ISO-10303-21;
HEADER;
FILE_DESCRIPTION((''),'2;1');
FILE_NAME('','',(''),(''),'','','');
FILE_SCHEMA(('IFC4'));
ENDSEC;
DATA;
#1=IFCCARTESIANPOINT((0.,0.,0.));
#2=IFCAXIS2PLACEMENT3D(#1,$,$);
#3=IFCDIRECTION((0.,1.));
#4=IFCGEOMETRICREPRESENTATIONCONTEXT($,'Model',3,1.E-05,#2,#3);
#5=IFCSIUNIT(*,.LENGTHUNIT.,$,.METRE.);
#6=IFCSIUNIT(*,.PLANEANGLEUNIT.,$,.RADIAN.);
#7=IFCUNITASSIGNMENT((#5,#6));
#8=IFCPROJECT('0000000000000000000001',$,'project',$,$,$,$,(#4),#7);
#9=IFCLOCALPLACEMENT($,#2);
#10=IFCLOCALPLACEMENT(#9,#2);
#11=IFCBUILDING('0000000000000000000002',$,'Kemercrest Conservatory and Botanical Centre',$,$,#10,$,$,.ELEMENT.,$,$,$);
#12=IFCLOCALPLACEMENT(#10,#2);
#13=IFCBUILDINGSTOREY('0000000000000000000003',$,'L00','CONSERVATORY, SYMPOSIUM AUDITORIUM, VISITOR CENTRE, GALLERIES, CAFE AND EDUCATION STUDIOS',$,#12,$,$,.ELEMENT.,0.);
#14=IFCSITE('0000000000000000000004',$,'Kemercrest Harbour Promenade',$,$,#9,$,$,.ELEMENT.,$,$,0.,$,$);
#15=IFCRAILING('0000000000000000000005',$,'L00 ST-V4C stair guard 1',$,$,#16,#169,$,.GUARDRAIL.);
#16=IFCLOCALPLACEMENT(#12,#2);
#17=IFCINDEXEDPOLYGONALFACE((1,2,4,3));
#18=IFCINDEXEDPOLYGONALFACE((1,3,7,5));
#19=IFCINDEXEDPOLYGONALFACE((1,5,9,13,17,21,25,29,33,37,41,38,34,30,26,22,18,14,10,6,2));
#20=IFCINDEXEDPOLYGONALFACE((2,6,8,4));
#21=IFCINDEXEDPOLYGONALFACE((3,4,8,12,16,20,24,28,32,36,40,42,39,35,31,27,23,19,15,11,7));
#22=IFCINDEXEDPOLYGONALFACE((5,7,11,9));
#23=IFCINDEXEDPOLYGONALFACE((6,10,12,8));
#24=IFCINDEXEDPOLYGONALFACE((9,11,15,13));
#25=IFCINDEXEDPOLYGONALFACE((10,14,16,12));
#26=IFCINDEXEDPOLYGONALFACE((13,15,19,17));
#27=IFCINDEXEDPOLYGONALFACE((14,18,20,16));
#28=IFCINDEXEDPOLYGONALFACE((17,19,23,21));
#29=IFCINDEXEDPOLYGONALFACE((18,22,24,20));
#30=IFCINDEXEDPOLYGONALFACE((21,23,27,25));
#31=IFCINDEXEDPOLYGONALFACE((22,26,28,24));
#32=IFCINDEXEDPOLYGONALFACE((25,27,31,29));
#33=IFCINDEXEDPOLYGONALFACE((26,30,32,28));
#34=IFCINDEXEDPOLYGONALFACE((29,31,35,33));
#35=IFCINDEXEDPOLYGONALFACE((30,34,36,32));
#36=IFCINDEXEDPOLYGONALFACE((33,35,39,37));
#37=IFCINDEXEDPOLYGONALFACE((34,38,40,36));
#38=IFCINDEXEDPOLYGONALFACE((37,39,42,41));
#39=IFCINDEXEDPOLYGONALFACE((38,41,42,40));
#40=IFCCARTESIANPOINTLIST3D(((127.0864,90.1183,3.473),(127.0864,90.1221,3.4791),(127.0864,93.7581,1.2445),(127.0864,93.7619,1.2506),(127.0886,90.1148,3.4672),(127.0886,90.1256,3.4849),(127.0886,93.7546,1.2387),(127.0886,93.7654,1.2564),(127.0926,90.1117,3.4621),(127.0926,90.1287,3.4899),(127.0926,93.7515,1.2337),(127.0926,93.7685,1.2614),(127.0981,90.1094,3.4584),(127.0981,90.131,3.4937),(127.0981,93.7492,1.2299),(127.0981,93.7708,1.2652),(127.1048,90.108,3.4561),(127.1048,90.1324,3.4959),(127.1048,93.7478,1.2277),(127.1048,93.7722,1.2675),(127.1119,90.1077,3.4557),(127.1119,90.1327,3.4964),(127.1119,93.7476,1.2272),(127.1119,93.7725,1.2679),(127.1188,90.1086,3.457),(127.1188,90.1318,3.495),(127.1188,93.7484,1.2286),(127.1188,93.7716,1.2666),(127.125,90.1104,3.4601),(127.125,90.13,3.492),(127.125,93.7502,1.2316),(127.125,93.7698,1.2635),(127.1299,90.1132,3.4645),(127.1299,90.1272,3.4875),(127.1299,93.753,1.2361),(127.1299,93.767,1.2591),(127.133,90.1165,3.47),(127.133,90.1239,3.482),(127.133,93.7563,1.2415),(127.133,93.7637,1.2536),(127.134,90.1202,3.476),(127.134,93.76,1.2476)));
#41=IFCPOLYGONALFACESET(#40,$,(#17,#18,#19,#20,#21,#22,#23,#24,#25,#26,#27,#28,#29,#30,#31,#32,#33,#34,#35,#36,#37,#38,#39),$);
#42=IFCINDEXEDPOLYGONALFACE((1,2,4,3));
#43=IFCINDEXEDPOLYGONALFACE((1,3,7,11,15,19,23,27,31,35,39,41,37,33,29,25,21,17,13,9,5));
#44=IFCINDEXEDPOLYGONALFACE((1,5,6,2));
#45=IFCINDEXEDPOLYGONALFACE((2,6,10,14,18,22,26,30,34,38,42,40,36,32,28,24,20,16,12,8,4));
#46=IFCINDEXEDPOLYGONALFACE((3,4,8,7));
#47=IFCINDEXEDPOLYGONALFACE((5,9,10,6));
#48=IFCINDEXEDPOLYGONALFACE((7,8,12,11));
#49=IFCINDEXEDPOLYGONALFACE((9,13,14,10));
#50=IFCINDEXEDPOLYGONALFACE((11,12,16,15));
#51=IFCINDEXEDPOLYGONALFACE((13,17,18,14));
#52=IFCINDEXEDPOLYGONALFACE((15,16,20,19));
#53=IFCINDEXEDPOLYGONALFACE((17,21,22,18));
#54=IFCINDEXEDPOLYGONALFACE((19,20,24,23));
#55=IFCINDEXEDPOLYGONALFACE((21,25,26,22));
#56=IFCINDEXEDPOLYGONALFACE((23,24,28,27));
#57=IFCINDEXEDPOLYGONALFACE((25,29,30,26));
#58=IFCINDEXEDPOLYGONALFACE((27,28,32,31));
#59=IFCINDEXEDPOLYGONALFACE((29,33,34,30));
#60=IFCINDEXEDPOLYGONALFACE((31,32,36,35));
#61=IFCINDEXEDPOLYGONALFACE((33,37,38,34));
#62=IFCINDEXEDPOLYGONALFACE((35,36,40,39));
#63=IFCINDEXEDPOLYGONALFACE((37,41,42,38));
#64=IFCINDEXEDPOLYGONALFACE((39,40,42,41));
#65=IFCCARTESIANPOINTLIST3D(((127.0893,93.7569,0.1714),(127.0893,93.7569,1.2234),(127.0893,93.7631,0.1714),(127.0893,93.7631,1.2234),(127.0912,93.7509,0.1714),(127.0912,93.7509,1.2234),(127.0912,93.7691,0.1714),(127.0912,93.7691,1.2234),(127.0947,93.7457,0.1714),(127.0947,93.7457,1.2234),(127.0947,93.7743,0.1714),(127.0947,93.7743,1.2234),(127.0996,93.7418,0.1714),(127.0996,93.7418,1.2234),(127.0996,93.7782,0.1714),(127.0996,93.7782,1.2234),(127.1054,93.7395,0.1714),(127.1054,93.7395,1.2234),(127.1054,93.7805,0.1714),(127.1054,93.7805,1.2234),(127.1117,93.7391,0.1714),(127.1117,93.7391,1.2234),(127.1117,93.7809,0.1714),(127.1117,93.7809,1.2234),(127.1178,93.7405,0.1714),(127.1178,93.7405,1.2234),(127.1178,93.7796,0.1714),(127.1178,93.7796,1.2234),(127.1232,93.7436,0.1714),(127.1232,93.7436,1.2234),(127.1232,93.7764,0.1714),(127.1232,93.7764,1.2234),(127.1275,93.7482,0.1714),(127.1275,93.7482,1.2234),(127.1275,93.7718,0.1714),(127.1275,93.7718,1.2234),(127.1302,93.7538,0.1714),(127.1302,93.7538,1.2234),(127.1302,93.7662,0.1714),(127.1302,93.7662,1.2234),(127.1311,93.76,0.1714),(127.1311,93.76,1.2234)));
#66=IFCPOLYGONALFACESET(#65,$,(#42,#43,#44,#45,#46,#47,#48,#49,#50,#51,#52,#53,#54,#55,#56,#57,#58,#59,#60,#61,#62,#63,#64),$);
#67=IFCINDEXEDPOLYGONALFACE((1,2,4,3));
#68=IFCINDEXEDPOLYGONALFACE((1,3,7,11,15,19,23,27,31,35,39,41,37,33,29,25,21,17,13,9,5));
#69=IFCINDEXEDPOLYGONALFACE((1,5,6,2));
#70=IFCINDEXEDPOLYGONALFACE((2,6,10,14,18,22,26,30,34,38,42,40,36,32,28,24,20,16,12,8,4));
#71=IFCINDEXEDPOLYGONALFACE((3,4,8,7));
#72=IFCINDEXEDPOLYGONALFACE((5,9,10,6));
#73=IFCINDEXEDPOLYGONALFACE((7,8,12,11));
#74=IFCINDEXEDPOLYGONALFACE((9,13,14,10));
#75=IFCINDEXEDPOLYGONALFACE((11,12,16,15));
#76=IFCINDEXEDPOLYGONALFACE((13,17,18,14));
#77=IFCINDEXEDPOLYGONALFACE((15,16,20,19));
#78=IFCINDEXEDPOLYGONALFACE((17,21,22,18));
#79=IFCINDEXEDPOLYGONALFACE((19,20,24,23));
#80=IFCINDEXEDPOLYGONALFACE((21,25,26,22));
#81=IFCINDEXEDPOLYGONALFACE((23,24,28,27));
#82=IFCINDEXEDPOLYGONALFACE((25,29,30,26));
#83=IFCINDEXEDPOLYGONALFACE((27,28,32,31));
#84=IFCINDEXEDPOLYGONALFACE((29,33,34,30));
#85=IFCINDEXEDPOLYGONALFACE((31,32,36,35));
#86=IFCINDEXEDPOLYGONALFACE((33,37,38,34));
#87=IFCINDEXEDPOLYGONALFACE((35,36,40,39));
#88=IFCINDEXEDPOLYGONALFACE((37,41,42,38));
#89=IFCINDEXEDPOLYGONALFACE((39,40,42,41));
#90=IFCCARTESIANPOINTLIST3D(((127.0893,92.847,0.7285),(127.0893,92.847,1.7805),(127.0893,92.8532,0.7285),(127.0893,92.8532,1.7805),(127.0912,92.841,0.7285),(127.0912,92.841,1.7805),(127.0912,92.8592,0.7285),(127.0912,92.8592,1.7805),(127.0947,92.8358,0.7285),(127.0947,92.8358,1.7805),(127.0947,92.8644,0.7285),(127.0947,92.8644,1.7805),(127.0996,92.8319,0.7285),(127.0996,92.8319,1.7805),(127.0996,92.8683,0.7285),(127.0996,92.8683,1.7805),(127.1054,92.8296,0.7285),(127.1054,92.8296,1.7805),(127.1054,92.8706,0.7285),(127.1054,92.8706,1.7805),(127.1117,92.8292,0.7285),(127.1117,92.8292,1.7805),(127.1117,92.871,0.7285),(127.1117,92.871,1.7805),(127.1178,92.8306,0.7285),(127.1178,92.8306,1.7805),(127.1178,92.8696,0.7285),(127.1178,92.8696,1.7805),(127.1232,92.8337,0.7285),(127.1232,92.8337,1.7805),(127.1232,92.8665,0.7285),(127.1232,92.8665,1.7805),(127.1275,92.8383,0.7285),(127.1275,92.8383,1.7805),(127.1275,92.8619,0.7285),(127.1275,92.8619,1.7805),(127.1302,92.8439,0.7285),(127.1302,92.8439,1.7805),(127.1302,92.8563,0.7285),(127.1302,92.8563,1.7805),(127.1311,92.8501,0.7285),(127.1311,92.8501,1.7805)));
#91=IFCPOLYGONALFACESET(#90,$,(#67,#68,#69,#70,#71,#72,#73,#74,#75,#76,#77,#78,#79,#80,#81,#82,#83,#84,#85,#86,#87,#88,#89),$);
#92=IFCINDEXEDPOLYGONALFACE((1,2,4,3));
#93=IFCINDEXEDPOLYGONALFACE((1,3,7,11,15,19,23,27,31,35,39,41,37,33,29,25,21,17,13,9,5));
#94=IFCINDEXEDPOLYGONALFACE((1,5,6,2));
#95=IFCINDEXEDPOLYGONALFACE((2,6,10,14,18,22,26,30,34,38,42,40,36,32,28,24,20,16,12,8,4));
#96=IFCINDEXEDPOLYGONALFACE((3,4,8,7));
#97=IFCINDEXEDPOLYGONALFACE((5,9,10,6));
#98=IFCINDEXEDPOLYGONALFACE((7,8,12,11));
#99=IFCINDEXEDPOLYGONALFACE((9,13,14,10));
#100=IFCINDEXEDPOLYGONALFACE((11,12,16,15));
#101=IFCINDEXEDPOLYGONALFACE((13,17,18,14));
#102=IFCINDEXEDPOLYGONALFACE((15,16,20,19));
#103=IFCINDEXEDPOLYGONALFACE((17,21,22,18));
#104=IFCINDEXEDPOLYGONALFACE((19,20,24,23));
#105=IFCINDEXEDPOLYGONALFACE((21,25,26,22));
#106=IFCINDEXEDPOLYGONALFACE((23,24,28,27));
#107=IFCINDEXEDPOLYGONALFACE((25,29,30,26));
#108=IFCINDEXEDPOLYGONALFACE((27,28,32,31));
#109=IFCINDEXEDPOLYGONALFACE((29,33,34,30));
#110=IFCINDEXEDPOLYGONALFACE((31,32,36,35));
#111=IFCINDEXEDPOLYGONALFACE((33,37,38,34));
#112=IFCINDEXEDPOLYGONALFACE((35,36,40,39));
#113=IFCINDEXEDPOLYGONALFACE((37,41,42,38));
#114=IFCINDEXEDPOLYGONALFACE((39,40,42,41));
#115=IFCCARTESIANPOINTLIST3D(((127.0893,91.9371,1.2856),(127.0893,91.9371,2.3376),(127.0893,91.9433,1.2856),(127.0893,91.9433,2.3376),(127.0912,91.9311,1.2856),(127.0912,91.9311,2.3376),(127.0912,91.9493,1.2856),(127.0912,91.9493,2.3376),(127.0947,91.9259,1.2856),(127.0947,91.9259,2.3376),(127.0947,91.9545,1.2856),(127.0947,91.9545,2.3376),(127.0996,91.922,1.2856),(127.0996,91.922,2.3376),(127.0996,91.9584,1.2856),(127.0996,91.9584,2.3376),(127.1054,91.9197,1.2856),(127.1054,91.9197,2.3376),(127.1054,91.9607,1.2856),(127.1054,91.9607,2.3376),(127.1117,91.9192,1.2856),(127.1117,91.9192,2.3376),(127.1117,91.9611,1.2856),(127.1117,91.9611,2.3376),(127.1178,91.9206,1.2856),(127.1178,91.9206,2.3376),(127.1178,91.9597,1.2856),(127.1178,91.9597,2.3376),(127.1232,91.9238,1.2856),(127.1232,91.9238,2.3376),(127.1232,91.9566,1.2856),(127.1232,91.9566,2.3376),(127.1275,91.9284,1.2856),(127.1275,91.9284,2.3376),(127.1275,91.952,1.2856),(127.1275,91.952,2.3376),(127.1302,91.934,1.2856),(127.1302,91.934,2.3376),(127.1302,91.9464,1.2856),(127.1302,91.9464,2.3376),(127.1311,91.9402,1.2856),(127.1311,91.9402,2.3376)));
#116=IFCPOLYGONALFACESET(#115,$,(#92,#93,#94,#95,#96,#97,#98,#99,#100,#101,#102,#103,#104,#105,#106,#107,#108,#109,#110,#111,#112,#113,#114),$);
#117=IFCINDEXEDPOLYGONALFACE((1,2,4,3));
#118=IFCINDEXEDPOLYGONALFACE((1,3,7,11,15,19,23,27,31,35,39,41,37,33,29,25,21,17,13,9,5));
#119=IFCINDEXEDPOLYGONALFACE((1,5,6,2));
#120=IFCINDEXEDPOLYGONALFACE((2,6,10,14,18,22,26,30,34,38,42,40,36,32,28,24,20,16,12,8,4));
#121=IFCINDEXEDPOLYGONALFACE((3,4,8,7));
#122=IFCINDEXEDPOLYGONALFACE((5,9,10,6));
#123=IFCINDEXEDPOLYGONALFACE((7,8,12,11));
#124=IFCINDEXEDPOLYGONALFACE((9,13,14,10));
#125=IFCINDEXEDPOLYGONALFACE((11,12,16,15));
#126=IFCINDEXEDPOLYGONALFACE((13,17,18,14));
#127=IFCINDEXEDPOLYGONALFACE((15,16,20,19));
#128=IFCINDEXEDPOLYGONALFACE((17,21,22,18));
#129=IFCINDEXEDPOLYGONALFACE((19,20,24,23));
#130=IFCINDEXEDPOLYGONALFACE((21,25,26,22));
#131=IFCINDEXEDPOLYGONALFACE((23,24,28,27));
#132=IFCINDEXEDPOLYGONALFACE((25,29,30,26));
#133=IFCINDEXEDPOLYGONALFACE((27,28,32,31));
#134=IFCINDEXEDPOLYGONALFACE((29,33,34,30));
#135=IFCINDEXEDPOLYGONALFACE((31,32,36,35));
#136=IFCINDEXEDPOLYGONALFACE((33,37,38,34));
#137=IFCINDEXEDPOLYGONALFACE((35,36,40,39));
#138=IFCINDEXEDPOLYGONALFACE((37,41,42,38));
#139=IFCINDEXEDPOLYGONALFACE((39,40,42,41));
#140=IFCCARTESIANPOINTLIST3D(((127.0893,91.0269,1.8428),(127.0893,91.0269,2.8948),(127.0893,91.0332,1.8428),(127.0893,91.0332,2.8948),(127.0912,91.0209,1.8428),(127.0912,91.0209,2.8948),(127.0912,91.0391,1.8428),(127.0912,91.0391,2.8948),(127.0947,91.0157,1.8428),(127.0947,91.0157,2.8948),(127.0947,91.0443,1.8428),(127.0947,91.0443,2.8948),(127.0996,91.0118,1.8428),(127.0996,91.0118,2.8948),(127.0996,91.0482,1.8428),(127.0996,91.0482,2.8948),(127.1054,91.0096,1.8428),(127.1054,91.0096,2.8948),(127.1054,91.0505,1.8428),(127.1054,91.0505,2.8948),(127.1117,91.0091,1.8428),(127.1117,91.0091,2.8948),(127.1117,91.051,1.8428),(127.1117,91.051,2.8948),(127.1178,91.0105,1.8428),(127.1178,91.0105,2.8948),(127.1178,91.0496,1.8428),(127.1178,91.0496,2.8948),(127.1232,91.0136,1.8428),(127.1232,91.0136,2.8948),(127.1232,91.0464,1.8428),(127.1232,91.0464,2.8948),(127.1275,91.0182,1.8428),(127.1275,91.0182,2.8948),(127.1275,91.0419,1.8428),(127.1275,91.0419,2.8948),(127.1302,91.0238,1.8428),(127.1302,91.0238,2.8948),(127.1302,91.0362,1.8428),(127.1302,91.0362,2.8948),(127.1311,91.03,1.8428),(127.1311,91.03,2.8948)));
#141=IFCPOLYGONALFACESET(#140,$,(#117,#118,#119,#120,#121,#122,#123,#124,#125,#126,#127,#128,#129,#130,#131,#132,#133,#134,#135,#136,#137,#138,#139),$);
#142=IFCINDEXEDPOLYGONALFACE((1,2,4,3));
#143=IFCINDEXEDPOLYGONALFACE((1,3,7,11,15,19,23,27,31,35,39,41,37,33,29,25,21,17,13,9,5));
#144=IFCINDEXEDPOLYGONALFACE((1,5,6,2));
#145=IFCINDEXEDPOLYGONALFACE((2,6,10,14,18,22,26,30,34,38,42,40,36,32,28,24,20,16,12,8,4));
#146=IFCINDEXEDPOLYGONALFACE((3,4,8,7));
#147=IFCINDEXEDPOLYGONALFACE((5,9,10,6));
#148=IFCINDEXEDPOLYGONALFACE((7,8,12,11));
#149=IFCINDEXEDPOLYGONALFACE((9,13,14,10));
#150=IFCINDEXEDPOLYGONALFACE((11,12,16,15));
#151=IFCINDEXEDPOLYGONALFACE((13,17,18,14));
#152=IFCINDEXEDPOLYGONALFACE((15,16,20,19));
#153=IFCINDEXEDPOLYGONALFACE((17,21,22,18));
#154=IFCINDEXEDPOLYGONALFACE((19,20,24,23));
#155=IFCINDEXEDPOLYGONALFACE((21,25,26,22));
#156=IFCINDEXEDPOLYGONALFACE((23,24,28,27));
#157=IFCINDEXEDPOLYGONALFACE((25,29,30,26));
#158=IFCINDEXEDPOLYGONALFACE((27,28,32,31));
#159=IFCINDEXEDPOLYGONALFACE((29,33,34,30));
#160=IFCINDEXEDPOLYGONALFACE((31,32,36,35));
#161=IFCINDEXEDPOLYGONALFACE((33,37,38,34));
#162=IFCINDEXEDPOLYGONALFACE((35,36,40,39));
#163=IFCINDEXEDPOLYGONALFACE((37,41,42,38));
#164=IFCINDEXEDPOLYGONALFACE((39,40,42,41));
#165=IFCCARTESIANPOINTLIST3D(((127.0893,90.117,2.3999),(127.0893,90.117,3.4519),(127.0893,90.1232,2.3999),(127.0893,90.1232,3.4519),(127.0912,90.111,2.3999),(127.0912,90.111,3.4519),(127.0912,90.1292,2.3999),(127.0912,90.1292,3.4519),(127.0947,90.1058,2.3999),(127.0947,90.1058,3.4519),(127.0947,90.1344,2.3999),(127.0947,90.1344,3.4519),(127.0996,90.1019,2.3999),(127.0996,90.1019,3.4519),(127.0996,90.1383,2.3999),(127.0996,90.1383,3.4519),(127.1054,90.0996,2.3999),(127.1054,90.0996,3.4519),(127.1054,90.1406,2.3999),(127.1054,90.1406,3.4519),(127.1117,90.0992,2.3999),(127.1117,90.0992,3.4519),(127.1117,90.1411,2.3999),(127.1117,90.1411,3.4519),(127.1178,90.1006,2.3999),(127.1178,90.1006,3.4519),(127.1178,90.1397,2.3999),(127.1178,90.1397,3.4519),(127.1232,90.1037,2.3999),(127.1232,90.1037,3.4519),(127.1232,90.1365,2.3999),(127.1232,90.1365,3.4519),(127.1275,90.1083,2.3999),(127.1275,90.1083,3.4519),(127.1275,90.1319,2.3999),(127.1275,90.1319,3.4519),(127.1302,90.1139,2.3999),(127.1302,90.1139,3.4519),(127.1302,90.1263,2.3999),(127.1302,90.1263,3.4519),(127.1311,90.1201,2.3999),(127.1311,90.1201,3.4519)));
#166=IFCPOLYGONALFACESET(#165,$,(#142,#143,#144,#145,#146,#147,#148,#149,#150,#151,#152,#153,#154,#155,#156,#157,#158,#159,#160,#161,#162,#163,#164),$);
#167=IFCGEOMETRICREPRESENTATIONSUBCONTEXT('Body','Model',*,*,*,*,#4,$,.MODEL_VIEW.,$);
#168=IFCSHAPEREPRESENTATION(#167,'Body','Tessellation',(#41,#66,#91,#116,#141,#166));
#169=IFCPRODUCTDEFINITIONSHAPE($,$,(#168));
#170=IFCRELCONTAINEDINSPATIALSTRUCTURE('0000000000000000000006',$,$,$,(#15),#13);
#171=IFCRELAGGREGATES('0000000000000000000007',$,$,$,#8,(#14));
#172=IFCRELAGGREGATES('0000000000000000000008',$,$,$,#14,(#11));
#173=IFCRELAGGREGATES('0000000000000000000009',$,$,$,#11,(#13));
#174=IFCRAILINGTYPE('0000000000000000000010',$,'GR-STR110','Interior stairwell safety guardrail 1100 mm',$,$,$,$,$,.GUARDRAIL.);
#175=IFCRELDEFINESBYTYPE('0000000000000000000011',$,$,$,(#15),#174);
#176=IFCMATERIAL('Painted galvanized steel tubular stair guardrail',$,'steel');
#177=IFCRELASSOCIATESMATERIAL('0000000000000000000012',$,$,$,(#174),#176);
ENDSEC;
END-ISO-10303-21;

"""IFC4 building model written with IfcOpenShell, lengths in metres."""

from ifc_helpers import new_model, si_unit, direction, frame, origin, origin_2d, place, context, subcontext, project, spatial, circle, extrude, material, type_object, element, save


model = new_model("IFC4")

# Units and contexts
model_context = context("Model", 3, precision=1e-05, world=origin(), true_north=direction((0.0, 1.0)))
body_context = subcontext(model_context, "Body", "Model", "MODEL_VIEW")
ifc_project = project(units=[si_unit("LENGTHUNIT", "METRE"), si_unit("PLANEANGLEUNIT", "RADIAN")], contexts=[model_context])

# Site, building, storey
site_placement = place(None, origin())
site = spatial("IfcSite", under=ifc_project, at=site_placement, Name="Kemercrest Harbour Promenade", CompositionType="ELEMENT", RefElevation=0.0)
building_placement = place(site_placement, origin())
building = spatial("IfcBuilding", under=site, at=building_placement, Name="Kemercrest Conservatory and Botanical Centre", CompositionType="ELEMENT")
storey_placement = place(building_placement, origin())
storey = spatial("IfcBuildingStorey", under=building, at=storey_placement, Name="L00", Description="CONSERVATORY, SYMPOSIUM AUDITORIUM, VISITOR CENTRE, GALLERIES, CAFE AND EDUCATION STUDIOS", CompositionType="ELEMENT", Elevation=0.0)

# Railing
ifc_material_1 = material(Name="Painted galvanized steel tubular stair guardrail", Category="steel")
railing_type_1 = type_object("IfcRailingType", Name="GR-STR110", Description="Interior stairwell safety guardrail 1100 mm", PredefinedType="GUARDRAIL", material=ifc_material_1)
railing_1_placement = place(storey_placement, frame((127.1101, 93.76, 0.1714)))
element("IfcRailing", 1, at=railing_1_placement, inside=storey, type_object=railing_type_1, Name="L00 ST-V4C stair guard 1", PredefinedType="GUARDRAIL", context=body_context, shape_type="SweptSolid", body=[
    extrude(circle(Radius=0.0239, at=origin_2d()), frame((0.0, 0.0, 1.0762), z_axis=(0.0, -0.85285, 0.522156), x_axis=(1.0, 0.0, 0.0)), (0.0, 0.0, 1.0), 4.2678),
    extrude(circle(Radius=0.021, at=origin_2d()), origin(), (0.0, 0.0, 1.0), 1.052),
    extrude(circle(Radius=0.021, at=origin_2d()), frame((0.0, -0.9099, 0.5571)), (0.0, 0.0, 1.0), 1.052),
    extrude(circle(Radius=0.021, at=origin_2d()), frame((0.0, -1.8198, 1.1143)), (0.0, 0.0, 1.0), 1.052),
    extrude(circle(Radius=0.021, at=origin_2d()), frame((0.0, -2.73, 1.6714)), (0.0, 0.0, 1.0), 1.052),
    extrude(circle(Radius=0.021, at=origin_2d()), frame((0.0, -3.6399, 2.2285)), (0.0, 0.0, 1.0), 1.052),
])

save(model, "model.ifc")
